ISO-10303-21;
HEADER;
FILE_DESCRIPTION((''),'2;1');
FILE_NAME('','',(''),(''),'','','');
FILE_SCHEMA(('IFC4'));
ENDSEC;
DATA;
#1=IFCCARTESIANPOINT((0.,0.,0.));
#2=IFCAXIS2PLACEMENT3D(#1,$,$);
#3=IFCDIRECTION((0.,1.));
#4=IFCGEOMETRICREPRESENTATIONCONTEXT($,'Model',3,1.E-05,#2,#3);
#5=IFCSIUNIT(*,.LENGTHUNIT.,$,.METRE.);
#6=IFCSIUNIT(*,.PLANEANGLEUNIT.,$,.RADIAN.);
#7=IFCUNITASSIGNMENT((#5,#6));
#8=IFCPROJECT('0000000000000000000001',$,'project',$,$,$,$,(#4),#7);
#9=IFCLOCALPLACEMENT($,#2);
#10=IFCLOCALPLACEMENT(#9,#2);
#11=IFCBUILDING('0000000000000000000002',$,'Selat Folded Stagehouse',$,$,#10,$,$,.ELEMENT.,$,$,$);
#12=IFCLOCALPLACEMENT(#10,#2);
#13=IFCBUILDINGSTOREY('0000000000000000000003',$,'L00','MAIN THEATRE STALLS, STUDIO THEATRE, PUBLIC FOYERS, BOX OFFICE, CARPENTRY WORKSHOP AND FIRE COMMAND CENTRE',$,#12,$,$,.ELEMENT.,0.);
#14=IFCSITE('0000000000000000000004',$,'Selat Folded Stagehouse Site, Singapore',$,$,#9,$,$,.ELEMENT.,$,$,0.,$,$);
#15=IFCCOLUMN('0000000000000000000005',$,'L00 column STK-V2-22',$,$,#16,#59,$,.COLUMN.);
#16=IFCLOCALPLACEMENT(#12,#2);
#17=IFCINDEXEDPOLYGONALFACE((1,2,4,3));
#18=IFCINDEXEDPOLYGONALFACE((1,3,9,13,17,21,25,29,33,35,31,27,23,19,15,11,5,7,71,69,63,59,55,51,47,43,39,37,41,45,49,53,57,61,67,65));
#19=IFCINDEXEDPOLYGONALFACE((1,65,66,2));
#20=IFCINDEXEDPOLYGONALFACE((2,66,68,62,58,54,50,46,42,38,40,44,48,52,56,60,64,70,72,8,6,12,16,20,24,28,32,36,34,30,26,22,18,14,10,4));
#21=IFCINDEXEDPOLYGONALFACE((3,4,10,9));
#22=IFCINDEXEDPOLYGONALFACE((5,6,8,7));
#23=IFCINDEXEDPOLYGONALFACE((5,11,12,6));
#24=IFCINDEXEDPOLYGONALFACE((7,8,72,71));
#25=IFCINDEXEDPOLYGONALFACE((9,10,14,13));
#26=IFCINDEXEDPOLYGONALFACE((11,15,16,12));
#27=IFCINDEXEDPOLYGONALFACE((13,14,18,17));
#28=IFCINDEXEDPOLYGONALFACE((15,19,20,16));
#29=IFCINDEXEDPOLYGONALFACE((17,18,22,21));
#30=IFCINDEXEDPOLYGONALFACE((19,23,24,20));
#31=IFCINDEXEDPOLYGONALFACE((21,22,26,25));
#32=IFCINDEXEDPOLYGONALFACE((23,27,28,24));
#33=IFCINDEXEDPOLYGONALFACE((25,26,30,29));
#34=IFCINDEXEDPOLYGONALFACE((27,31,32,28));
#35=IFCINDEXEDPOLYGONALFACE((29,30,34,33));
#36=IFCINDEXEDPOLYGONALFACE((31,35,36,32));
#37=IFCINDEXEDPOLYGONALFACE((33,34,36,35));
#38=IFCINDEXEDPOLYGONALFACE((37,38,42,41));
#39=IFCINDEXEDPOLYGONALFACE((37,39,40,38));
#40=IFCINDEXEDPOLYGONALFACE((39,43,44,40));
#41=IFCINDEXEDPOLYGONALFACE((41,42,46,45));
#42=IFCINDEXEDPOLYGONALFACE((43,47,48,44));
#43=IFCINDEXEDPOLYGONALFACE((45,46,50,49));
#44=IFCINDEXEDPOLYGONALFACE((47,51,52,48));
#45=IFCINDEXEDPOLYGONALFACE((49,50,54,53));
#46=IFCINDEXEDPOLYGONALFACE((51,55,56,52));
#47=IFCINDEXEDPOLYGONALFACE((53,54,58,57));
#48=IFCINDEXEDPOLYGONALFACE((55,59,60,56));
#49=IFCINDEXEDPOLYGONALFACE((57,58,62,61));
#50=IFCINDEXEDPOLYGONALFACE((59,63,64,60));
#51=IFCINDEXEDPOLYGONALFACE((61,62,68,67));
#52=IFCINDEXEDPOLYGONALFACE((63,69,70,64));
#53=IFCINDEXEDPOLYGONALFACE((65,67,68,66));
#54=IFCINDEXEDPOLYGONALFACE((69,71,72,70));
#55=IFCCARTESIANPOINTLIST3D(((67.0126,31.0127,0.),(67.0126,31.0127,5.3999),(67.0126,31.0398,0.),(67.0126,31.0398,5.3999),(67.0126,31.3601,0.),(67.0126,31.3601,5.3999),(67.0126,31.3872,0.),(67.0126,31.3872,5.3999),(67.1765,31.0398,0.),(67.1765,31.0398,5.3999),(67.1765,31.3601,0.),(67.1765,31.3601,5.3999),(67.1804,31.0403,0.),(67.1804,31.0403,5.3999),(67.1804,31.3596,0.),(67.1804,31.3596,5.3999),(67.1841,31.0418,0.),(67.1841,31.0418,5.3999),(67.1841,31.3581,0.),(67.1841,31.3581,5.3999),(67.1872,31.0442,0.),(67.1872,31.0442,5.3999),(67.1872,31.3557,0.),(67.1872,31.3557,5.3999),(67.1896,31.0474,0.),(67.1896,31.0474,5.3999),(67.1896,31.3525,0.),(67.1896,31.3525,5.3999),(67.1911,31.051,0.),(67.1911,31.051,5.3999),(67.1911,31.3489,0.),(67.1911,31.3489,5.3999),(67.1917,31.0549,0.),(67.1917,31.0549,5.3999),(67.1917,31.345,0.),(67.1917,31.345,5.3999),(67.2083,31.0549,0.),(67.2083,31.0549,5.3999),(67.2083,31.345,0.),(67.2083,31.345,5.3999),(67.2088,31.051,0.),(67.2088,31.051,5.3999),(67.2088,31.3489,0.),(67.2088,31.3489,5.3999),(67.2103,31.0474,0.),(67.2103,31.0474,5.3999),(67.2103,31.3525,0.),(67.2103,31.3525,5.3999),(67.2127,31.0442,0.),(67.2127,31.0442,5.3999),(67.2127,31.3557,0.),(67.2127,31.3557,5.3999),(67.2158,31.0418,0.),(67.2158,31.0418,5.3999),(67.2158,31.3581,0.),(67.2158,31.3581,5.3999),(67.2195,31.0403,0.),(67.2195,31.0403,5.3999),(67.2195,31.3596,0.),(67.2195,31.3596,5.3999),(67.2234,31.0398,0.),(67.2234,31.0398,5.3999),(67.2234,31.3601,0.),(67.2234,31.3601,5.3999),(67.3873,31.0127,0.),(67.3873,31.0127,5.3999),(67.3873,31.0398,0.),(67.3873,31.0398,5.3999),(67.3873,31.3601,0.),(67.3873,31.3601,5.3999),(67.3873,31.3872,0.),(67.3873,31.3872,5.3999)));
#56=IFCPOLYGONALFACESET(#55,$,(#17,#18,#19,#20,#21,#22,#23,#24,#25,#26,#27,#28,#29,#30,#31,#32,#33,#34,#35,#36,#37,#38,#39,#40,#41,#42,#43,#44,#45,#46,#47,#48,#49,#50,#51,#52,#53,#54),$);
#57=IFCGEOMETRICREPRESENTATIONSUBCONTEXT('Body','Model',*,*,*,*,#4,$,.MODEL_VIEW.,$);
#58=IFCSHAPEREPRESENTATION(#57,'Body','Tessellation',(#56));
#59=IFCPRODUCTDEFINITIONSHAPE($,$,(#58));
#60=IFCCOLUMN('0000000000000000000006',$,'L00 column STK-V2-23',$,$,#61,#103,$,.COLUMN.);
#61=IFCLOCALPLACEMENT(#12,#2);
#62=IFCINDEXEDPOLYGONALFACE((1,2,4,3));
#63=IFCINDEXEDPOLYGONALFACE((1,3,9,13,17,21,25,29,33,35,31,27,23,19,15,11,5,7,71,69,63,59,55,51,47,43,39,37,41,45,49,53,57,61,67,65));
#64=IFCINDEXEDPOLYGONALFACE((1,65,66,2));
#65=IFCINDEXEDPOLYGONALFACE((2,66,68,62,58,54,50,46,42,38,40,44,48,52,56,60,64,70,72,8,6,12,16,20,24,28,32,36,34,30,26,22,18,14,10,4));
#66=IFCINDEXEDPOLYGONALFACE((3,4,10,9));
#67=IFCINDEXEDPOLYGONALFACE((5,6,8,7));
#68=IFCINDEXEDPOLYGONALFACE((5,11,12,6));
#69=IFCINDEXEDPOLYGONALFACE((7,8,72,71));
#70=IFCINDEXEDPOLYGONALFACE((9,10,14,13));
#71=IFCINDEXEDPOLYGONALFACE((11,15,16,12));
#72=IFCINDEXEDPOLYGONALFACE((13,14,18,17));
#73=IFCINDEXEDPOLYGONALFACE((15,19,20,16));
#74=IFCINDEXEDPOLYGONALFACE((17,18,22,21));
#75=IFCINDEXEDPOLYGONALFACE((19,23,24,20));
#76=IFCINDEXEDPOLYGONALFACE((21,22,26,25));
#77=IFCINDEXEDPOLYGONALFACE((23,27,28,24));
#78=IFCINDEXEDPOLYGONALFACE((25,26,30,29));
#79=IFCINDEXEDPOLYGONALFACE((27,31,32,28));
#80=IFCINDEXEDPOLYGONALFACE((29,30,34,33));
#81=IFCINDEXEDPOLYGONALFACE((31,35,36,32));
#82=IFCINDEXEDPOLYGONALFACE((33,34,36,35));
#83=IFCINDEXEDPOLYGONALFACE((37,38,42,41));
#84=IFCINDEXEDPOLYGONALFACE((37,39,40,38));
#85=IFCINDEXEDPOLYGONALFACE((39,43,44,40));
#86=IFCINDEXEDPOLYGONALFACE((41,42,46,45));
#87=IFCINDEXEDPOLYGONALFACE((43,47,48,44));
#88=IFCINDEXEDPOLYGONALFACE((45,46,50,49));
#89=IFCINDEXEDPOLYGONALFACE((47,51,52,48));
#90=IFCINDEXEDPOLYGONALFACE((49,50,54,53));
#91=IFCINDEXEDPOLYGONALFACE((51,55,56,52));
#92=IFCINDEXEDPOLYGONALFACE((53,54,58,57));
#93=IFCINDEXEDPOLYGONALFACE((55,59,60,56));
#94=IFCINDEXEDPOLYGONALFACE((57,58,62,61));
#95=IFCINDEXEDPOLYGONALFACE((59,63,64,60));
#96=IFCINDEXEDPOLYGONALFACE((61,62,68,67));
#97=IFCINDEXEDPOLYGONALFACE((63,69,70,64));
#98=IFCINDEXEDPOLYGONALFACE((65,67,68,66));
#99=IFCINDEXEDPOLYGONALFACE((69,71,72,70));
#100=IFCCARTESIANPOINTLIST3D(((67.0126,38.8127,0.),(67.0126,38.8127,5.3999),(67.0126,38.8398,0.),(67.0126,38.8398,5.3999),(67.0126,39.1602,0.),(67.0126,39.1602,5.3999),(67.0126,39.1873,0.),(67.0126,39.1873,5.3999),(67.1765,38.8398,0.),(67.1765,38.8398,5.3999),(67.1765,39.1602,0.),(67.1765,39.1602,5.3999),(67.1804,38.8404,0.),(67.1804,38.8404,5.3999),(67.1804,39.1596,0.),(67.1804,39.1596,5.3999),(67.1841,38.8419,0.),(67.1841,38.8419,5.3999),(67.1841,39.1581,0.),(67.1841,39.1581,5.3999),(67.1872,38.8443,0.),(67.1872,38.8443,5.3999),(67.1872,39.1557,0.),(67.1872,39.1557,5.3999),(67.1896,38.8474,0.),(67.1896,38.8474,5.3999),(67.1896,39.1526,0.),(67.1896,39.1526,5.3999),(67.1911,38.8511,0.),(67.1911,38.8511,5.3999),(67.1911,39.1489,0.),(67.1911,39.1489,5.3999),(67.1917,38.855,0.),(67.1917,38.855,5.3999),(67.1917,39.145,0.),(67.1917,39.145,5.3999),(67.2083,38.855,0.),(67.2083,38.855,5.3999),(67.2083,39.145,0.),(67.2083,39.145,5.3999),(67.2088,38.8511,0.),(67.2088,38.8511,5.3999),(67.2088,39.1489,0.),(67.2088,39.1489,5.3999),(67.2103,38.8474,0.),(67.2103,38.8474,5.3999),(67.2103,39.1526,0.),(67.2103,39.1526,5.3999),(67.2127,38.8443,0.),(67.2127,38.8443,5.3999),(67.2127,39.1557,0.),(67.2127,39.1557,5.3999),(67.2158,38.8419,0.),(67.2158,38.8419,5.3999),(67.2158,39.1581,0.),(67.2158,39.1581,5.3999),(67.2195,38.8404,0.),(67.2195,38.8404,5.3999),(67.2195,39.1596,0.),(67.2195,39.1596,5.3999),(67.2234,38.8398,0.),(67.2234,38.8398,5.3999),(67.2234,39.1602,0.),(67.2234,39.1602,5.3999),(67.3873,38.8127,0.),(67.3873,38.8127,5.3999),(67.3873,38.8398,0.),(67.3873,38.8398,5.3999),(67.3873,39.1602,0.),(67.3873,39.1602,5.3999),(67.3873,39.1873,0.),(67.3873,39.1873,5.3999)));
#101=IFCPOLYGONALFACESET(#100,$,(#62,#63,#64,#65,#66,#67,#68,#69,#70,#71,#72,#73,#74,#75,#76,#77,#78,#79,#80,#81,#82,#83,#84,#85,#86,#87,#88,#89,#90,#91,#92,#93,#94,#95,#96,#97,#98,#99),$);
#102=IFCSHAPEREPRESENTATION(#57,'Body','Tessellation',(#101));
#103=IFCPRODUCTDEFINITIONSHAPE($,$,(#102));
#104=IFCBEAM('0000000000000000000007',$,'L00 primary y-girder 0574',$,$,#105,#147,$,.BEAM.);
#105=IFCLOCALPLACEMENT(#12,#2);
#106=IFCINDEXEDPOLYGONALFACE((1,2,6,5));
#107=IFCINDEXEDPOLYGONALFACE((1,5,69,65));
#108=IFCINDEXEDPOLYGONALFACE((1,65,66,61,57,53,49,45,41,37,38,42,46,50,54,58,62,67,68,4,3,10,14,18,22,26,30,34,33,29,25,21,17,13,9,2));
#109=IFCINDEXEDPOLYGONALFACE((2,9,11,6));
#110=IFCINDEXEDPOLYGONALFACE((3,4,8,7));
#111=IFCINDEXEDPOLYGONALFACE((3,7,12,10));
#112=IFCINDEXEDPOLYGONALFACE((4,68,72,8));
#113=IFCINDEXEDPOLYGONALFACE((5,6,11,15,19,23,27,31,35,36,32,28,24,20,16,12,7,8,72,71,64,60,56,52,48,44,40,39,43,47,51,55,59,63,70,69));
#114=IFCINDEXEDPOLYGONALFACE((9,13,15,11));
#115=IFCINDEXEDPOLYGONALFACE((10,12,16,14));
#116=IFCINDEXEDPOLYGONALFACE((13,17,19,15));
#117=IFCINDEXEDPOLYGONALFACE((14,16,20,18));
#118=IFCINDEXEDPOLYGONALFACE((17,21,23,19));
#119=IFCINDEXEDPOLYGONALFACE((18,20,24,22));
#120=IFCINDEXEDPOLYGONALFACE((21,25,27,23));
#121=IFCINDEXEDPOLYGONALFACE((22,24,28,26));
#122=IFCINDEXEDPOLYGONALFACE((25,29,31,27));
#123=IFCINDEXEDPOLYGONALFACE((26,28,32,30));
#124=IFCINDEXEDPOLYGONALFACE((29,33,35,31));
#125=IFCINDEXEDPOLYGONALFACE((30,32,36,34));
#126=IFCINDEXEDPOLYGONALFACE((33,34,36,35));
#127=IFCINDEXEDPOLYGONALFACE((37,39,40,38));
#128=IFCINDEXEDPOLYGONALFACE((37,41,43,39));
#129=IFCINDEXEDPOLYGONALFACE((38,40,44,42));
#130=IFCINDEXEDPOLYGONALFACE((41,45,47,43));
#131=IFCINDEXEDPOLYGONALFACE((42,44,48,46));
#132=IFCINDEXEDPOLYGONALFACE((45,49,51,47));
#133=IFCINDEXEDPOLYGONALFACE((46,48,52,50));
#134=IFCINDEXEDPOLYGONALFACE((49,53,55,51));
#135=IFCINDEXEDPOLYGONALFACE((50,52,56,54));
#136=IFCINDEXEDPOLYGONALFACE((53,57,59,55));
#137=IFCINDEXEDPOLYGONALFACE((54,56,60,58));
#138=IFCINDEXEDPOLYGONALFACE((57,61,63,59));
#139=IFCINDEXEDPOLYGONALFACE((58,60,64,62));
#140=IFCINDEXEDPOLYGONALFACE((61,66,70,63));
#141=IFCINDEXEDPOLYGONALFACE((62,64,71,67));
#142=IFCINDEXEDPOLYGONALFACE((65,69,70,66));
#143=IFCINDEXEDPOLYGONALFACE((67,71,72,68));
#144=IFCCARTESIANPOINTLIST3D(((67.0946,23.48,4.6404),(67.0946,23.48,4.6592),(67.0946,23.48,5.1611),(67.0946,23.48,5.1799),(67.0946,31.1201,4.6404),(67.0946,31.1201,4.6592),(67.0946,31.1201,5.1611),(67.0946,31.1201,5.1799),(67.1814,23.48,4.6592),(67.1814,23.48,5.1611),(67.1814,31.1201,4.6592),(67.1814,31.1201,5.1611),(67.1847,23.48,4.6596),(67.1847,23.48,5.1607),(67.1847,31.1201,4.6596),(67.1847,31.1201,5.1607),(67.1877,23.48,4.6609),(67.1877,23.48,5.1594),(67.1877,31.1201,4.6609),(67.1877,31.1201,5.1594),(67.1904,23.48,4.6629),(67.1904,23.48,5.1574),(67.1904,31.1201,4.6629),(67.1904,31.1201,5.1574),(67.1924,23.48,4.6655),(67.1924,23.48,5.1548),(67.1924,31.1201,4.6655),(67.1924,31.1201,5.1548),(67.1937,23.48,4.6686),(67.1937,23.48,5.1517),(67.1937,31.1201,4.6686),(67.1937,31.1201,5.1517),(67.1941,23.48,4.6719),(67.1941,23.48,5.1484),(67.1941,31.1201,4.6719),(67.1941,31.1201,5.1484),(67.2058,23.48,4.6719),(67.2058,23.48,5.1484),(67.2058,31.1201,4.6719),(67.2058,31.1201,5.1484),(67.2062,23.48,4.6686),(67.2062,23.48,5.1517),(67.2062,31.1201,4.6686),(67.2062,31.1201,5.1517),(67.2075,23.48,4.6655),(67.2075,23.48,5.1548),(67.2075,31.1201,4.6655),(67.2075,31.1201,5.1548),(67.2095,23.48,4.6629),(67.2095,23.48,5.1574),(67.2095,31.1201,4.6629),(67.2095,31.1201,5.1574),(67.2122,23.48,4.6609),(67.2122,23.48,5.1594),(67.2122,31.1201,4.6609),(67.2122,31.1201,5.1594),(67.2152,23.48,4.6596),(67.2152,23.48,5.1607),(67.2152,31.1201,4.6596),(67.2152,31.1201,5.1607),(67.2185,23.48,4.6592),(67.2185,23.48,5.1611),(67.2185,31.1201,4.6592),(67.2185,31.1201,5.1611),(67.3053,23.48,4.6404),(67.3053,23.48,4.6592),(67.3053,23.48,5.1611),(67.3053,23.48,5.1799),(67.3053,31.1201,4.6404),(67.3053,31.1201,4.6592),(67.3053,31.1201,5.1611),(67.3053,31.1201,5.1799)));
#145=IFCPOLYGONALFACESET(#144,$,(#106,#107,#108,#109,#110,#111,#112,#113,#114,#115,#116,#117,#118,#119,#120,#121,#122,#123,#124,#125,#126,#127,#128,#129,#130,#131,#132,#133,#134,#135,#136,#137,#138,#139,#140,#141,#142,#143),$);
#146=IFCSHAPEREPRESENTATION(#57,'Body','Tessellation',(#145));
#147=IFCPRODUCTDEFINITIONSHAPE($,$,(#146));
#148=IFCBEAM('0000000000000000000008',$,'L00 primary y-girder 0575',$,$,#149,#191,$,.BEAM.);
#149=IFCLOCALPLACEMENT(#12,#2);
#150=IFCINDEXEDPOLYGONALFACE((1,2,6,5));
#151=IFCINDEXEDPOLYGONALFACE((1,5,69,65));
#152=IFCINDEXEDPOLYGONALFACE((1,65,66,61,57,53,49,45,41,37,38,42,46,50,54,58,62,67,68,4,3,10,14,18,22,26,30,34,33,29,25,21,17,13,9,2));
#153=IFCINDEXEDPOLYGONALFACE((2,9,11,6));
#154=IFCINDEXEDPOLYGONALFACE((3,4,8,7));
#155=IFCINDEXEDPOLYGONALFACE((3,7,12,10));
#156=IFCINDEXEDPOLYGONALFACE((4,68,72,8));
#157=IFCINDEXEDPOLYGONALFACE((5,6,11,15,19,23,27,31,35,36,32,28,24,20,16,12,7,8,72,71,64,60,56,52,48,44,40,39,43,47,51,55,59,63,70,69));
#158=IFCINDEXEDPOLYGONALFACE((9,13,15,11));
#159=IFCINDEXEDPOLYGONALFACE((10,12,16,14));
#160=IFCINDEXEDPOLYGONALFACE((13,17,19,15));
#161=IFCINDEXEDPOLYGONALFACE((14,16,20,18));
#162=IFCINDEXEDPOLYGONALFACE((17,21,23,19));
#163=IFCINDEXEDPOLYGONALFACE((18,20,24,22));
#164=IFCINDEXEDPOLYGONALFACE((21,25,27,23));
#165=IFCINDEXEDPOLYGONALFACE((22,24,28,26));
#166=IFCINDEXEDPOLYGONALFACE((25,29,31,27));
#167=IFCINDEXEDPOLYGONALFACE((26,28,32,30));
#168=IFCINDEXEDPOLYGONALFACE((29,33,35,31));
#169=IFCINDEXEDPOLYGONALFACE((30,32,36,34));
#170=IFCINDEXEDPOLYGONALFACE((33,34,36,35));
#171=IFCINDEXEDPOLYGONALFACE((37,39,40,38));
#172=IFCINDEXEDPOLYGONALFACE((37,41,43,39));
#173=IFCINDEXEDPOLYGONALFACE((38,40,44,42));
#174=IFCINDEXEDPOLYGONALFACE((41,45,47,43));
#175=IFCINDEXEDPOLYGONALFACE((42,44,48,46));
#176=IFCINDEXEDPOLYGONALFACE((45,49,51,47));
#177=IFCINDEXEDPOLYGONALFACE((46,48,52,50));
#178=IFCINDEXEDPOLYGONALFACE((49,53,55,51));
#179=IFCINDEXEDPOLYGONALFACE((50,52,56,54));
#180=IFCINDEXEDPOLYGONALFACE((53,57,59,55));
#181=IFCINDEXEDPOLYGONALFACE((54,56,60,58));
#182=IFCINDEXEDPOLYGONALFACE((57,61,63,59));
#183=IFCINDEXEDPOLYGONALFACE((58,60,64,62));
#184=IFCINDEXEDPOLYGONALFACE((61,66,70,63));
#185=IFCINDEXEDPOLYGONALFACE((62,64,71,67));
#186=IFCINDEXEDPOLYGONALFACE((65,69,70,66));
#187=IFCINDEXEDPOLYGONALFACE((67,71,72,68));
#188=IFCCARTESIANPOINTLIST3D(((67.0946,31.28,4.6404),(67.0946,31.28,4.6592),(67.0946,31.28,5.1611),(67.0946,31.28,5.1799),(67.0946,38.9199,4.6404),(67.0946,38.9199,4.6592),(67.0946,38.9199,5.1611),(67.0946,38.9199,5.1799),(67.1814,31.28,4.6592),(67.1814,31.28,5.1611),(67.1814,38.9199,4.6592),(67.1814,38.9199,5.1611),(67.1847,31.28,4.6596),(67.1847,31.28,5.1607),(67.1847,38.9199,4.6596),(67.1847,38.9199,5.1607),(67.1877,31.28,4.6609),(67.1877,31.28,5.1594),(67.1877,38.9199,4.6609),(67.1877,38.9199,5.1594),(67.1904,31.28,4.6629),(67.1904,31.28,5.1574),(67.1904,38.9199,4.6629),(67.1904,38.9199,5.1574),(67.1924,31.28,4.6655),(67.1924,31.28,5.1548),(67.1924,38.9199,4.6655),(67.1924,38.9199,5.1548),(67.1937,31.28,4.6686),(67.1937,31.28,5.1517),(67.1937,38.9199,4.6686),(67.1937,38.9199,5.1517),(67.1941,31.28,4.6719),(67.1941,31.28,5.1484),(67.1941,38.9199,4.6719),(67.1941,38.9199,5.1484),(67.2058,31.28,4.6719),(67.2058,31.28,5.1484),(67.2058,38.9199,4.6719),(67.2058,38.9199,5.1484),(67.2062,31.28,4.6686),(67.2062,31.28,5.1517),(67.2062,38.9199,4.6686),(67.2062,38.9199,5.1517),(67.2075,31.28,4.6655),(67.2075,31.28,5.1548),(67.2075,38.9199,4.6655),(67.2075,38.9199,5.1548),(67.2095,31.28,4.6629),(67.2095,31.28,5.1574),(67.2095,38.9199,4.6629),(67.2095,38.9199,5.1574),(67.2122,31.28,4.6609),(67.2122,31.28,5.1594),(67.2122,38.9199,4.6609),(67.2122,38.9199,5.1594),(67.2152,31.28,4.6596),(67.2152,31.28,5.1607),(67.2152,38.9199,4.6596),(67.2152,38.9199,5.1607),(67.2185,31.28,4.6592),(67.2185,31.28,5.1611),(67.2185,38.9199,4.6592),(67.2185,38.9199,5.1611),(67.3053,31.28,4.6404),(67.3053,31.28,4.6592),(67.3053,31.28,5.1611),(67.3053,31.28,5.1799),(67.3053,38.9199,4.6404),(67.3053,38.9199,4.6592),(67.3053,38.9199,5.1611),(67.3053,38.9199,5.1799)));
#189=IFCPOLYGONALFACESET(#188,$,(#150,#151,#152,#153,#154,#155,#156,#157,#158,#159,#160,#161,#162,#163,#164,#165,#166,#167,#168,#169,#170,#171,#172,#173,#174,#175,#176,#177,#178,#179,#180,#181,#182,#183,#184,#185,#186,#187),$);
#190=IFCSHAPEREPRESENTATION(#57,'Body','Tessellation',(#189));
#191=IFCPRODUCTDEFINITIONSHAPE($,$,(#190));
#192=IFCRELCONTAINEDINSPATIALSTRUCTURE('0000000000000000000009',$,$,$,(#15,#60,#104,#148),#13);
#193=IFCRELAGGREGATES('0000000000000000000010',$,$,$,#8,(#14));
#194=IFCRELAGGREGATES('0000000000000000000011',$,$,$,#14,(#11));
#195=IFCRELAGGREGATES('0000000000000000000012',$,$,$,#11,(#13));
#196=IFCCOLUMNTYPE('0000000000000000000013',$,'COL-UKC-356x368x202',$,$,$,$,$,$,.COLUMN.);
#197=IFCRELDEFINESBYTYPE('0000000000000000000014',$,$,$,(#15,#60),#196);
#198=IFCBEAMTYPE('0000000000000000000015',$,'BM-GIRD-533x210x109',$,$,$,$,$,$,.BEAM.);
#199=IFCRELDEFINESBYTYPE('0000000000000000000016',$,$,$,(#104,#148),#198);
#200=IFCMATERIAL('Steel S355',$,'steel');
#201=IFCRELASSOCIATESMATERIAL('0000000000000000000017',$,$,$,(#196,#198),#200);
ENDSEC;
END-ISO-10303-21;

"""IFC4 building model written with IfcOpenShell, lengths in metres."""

from ifc_helpers import new_model, si_unit, direction, frame, origin, origin_2d, place, context, subcontext, project, spatial, i_section, extrude, material, material_profile, profile_set, type_object, element, save


model = new_model("IFC4")

# Units and contexts
model_context = context("Model", 3, precision=1e-05, world=origin(), true_north=direction((0.0, 1.0)))
body_context = subcontext(model_context, "Body", "Model", "MODEL_VIEW")
ifc_project = project(units=[si_unit("LENGTHUNIT", "METRE"), si_unit("PLANEANGLEUNIT", "RADIAN")], contexts=[model_context])

# Site, building, storey
site_placement = place(None, origin())
site = spatial("IfcSite", under=ifc_project, at=site_placement, Name="Selat Folded Stagehouse Site, Singapore", CompositionType="ELEMENT", RefElevation=0.0)
building_placement = place(site_placement, origin())
building = spatial("IfcBuilding", under=site, at=building_placement, Name="Selat Folded Stagehouse", CompositionType="ELEMENT")
storey_placement = place(building_placement, origin())
storey = spatial("IfcBuildingStorey", under=building, at=storey_placement, Name="L00", Description="MAIN THEATRE STALLS, STUDIO THEATRE, PUBLIC FOYERS, BOX OFFICE, CARPENTRY WORKSHOP AND FIRE COMMAND CENTRE", CompositionType="ELEMENT", Elevation=0.0)

# Columns
ifc_material_1 = material(Name="Steel S355", Category="steel")
ifc_material_profile_1 = material_profile(ifc_material_1, i_section(OverallWidth=0.3748, OverallDepth=0.3745, WebThickness=0.0166, FlangeThickness=0.0271, FilletRadius=0.0151, at=origin_2d()), Name="UKC 356x368x202")
ifc_profile_set_1 = profile_set([ifc_material_profile_1], Name="Steel S355")
column_type = type_object("IfcColumnType", Name="COL-UKC-356x368x202", PredefinedType="COLUMN", material=ifc_profile_set_1)
for number, where, z_axis, x_axis, name in (
    (1, (67.2, 31.2, 0.0), (0.0, 0.0, 1.0), (1.0, 0.0, 0.0), "L00 column STK-V2-22"),
    (2, (67.2, 39.0, 0.0), (0.0, 0.0, 1.0), (1.0, 0.0, 0.0), "L00 column STK-V2-23"),
):
    element("IfcColumn", number, at=place(storey_placement, frame(where, z_axis=z_axis, x_axis=x_axis)), inside=storey, type_object=column_type, Name=name, PredefinedType="COLUMN", context=body_context, shape_type="SweptSolid", body=[
        extrude(i_section(OverallWidth=0.3748, OverallDepth=0.3745, WebThickness=0.0166, FlangeThickness=0.0271, FilletRadius=0.0151, at=origin_2d()), origin(), (0.0, 0.0, 1.0), 5.3999),
    ])

# Beams
ifc_material_profile_2 = material_profile(ifc_material_1, i_section(OverallWidth=0.2107, OverallDepth=0.5396, WebThickness=0.0117, FlangeThickness=0.0188, FilletRadius=0.0127, at=origin_2d()), Name="UKB 533x210x109")
ifc_profile_set_2 = profile_set([ifc_material_profile_2], Name="Steel S355")
beam_type_1 = type_object("IfcBeamType", Name="BM-GIRD-533x210x109", PredefinedType="BEAM", material=ifc_profile_set_2)
beam_1_placement = place(storey_placement, frame((67.2, 23.48, 4.9102), z_axis=(0.0, 1.0, 0.0), x_axis=(-1.0, 0.0, 0.0)))
element("IfcBeam", 3, at=beam_1_placement, inside=storey, type_object=beam_type_1, Name="L00 primary y-girder 0574", PredefinedType="BEAM", context=body_context, shape_type="SweptSolid", body=[
    extrude(i_section(OverallWidth=0.2107, OverallDepth=0.5396, WebThickness=0.0117, FlangeThickness=0.0188, FilletRadius=0.0127, at=origin_2d()), origin(), (0.0, 0.0, 1.0), 7.6401),
])
beam_2_placement = place(storey_placement, frame((67.2, 31.28, 4.9102), z_axis=(0.0, 1.0, 0.0), x_axis=(-1.0, 0.0, 0.0)))
element("IfcBeam", 4, at=beam_2_placement, inside=storey, type_object=beam_type_1, Name="L00 primary y-girder 0575", PredefinedType="BEAM", context=body_context, shape_type="SweptSolid", body=[
    extrude(i_section(OverallWidth=0.2107, OverallDepth=0.5396, WebThickness=0.0117, FlangeThickness=0.0188, FilletRadius=0.0127, at=origin_2d()), origin(), (0.0, 0.0, 1.0), 7.6399),
])

save(model, "model.ifc")
